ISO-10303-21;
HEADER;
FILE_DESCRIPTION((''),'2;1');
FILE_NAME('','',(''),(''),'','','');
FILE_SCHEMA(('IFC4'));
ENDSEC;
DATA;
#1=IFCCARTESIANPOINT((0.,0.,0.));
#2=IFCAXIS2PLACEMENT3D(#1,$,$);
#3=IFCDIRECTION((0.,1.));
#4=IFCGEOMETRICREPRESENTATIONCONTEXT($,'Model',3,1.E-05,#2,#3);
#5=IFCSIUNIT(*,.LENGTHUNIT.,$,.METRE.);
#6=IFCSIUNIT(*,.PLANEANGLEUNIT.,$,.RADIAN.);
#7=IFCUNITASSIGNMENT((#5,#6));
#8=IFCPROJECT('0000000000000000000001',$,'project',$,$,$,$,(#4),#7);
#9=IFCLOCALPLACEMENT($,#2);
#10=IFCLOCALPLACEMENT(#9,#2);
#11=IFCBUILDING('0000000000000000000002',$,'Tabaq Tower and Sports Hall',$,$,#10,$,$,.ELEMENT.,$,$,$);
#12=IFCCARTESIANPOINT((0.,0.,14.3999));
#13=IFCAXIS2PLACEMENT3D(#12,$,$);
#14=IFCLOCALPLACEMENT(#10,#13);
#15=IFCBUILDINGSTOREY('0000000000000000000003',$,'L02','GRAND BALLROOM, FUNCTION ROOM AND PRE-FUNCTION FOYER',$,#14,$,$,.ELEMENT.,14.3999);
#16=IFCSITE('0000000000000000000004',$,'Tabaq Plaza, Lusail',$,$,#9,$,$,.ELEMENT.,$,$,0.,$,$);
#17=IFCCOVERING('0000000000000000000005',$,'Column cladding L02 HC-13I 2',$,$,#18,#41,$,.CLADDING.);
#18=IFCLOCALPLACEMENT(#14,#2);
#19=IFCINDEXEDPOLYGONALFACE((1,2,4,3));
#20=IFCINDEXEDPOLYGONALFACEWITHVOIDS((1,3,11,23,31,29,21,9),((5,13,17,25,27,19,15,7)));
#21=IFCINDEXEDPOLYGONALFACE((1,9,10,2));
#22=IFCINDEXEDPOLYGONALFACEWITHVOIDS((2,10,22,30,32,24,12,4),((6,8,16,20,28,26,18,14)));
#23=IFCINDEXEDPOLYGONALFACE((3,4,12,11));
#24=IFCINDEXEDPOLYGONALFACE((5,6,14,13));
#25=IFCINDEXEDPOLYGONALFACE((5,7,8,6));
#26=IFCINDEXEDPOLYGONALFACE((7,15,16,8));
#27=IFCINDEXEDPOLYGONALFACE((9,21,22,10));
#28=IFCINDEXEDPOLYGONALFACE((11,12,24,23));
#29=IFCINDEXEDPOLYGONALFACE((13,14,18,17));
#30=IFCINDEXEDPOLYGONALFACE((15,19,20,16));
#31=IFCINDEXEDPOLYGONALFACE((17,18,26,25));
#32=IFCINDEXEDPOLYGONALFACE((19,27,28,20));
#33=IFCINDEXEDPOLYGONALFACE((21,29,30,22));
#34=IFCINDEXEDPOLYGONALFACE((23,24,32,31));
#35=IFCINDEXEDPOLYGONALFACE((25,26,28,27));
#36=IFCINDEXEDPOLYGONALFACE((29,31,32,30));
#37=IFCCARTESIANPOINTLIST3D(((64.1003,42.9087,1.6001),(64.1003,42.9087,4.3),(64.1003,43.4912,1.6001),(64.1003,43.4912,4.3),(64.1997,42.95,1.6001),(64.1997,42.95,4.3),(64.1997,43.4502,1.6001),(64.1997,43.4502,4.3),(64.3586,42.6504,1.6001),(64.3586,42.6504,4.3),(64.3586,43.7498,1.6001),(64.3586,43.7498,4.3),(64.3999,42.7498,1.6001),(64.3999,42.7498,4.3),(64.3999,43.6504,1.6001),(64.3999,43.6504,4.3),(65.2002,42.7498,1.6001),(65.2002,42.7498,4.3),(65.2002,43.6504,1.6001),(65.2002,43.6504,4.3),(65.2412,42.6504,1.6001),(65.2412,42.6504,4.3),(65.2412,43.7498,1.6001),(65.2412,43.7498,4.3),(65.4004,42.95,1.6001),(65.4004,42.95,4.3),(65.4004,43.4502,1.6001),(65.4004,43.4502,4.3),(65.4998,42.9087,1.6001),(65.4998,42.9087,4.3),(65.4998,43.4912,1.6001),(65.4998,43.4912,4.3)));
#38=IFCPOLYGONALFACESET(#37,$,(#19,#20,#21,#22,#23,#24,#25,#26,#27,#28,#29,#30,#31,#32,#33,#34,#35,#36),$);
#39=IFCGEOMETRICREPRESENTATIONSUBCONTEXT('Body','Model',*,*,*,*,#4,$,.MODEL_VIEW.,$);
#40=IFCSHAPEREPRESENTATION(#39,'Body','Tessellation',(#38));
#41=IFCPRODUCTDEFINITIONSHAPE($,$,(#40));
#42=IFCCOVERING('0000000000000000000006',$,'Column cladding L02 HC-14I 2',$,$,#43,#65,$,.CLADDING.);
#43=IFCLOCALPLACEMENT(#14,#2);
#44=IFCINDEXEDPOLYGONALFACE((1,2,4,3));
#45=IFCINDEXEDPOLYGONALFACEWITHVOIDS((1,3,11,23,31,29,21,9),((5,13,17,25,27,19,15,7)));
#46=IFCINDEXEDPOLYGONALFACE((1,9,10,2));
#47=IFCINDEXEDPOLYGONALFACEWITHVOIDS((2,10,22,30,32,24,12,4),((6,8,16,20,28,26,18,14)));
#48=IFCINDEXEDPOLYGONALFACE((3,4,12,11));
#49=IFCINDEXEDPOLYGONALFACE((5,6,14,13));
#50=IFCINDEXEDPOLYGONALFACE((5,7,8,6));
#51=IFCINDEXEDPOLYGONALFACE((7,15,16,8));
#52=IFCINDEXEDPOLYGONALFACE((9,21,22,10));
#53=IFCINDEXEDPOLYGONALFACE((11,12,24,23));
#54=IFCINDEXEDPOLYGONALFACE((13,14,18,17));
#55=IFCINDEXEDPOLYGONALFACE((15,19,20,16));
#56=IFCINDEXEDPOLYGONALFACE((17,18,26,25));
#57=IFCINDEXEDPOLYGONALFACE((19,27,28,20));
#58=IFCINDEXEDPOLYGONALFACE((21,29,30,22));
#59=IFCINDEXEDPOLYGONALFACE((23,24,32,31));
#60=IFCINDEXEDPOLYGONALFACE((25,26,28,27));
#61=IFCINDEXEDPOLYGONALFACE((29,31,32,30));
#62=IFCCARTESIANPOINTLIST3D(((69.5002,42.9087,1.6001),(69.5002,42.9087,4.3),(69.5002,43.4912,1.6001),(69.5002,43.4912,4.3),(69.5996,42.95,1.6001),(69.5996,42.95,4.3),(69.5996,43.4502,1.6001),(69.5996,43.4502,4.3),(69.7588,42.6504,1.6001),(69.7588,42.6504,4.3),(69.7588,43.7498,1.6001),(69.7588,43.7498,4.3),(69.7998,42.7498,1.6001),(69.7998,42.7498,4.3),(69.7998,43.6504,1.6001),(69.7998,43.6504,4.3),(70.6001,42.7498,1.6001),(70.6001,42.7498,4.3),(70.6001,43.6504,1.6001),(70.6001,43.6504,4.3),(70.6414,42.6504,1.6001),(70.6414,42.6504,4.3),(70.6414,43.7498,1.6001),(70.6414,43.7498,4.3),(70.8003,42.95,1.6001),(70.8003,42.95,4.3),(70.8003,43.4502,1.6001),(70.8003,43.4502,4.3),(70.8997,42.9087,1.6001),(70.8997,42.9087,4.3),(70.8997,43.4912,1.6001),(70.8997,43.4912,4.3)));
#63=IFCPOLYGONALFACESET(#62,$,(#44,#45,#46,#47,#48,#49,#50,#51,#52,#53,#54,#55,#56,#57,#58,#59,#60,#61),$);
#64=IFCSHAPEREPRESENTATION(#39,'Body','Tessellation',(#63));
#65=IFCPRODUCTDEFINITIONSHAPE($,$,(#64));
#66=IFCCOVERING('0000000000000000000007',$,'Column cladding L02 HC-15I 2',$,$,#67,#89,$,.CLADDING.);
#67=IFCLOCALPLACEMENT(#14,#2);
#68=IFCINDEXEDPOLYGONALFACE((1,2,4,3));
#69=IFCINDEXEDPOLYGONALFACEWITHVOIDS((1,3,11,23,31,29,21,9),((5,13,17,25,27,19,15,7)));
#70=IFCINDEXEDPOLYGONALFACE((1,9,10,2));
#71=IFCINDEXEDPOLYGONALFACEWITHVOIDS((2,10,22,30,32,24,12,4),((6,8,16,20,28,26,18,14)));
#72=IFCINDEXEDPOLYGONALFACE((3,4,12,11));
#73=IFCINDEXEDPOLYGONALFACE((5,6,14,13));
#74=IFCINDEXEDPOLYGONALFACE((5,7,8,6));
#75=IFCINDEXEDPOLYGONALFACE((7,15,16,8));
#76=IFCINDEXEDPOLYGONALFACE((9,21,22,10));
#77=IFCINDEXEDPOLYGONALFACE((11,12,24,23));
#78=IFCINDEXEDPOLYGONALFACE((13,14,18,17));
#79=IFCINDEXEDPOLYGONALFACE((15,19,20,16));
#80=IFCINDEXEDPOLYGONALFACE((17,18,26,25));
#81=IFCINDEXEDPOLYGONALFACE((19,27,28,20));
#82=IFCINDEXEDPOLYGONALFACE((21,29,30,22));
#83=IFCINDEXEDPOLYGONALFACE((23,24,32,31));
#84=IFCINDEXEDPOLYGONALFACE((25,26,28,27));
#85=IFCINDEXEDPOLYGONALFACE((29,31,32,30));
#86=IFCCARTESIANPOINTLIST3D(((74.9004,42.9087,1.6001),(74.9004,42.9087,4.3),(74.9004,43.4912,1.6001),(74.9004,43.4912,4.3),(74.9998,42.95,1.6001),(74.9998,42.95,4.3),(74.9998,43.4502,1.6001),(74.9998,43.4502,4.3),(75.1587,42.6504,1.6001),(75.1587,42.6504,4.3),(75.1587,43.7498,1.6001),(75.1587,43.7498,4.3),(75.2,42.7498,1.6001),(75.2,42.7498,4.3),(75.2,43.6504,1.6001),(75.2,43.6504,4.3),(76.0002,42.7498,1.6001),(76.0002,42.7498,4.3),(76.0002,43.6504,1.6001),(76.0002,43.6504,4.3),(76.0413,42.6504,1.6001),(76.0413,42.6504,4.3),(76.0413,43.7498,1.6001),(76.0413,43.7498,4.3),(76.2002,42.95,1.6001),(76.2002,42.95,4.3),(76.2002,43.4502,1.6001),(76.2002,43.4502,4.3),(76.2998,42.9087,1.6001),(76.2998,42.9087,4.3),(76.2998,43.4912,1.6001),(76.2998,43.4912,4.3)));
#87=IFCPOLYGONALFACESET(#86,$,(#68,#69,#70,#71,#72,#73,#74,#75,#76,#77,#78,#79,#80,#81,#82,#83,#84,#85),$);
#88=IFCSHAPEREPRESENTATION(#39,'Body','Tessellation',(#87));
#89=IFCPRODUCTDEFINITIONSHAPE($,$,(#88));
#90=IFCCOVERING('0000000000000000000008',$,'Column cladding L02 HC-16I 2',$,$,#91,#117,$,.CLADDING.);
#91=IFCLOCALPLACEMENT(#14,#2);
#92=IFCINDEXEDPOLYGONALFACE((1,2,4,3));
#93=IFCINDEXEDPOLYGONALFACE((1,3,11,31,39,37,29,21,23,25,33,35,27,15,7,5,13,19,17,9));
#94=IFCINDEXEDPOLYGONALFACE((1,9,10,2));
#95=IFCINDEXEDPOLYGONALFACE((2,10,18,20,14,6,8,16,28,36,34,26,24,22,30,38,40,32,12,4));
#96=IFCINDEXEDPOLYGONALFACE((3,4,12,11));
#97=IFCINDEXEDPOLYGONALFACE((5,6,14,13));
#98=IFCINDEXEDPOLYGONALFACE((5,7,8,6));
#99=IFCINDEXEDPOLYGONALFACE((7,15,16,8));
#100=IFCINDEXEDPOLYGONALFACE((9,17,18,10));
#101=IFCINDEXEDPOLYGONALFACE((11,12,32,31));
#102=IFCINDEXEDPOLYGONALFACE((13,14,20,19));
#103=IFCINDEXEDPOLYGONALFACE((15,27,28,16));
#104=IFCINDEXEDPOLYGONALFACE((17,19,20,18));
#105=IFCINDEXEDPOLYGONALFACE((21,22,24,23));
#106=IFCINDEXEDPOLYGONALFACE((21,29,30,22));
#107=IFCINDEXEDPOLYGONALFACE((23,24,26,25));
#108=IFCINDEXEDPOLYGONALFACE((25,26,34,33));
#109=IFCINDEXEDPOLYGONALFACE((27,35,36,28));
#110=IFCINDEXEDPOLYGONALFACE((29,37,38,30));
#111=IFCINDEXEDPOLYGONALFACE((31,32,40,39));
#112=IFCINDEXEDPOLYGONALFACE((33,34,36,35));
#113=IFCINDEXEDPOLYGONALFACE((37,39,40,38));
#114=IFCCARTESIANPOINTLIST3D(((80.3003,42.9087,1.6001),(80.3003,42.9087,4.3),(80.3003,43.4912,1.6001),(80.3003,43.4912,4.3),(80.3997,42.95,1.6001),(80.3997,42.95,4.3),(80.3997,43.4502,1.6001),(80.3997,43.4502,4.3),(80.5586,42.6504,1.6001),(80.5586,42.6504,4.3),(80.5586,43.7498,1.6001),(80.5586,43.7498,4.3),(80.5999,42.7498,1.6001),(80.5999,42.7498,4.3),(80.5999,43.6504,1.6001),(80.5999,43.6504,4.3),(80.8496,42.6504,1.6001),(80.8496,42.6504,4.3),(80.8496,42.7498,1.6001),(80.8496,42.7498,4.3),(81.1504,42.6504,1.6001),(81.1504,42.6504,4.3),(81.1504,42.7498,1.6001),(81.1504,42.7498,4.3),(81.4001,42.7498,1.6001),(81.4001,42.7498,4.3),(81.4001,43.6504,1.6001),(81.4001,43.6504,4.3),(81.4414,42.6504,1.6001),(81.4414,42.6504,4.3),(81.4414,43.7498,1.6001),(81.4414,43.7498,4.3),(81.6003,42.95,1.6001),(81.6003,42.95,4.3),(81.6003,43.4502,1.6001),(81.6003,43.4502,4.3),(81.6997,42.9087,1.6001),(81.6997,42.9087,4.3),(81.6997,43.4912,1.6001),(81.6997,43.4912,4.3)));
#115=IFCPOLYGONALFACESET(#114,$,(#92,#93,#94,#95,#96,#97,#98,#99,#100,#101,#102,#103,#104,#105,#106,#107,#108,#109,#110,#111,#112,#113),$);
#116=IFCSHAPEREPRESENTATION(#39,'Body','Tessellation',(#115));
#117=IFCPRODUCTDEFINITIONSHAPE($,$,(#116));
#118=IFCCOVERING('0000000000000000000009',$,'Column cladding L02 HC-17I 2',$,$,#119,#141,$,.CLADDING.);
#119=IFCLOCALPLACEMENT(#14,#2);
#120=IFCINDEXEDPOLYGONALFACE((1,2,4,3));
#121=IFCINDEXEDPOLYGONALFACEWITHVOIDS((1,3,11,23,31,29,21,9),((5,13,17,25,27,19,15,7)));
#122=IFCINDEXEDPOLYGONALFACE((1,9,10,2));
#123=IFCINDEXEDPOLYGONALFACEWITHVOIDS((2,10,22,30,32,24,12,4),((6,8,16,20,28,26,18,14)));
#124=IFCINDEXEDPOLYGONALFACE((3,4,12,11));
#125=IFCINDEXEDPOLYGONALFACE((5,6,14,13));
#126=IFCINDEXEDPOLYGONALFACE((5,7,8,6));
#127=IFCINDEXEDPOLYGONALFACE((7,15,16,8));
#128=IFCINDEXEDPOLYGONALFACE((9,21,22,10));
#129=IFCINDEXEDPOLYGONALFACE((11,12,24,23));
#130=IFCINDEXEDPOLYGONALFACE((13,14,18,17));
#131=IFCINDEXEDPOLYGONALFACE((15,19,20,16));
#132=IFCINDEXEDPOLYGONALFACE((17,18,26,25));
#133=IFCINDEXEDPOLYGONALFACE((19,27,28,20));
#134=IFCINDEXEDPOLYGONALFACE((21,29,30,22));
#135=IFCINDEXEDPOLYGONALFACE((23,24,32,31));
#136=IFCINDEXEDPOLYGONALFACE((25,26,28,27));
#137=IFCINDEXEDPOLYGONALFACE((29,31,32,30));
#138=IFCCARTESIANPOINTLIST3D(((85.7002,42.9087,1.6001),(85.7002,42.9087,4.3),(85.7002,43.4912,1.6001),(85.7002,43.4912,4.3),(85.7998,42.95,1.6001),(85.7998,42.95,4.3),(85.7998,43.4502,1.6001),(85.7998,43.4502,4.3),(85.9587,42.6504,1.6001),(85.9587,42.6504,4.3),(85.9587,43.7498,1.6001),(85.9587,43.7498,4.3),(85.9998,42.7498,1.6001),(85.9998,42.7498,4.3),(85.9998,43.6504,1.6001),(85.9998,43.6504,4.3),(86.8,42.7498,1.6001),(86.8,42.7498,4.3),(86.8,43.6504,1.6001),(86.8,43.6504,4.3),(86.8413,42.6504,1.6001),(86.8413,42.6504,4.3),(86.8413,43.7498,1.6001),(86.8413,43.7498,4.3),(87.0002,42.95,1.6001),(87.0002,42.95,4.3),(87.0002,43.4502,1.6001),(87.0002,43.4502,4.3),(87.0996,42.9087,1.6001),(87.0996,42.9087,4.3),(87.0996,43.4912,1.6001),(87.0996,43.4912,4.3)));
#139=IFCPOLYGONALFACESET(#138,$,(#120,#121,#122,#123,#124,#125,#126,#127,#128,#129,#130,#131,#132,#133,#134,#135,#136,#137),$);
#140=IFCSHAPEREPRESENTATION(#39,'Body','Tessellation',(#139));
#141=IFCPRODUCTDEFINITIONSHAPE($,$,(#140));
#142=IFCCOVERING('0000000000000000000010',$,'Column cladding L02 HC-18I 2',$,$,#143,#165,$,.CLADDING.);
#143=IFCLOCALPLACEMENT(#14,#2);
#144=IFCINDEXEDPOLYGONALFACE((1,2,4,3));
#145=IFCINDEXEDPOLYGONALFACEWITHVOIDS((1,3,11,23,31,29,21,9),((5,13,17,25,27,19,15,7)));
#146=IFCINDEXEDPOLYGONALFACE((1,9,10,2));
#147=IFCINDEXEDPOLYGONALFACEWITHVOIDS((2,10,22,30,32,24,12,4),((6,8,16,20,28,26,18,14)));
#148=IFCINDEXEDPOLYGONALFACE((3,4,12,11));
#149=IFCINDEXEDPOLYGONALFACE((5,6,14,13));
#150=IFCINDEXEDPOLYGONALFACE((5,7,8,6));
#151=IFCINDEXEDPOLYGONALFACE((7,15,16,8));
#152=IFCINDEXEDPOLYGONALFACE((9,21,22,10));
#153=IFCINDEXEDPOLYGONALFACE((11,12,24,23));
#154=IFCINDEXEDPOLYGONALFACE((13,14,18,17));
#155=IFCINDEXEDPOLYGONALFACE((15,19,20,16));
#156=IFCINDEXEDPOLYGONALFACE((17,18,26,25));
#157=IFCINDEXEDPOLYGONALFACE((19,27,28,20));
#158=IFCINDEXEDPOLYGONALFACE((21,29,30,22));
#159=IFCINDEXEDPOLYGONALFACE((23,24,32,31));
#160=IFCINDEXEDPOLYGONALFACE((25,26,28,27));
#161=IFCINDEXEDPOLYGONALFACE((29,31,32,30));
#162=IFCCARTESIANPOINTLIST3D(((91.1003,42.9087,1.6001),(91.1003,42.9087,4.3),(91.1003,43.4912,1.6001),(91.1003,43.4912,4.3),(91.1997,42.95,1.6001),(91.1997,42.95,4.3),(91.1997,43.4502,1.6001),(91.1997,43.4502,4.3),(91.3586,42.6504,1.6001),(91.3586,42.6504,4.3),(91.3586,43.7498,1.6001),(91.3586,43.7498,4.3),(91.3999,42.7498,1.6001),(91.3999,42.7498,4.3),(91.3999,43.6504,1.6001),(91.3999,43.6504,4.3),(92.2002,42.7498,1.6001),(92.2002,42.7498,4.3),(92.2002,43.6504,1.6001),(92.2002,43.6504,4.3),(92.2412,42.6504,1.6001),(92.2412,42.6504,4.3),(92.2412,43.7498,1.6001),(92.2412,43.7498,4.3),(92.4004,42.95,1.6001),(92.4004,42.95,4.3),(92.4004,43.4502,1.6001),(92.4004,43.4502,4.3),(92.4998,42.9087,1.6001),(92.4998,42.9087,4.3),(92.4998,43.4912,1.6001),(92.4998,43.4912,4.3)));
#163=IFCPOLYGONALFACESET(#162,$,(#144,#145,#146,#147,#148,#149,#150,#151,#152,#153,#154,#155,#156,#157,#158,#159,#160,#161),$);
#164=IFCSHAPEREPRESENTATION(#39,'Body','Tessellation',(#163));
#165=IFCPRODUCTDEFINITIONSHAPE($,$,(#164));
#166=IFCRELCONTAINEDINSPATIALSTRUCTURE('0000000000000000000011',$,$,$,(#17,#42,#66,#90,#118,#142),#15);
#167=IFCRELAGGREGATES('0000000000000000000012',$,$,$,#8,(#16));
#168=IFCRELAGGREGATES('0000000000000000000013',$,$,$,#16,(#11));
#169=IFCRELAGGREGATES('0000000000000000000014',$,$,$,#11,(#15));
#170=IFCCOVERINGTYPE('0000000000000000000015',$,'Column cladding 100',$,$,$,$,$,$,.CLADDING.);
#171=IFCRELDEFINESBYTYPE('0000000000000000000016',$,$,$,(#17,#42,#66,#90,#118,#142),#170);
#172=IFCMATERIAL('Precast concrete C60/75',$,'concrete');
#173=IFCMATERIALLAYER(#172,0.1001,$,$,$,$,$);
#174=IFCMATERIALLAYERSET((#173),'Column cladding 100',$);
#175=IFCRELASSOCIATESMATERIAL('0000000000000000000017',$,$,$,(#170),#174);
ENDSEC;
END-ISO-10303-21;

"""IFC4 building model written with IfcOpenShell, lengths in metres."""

from ifc_helpers import new_model, si_unit, direction, frame, origin, place, context, subcontext, project, spatial, polyline, outline, extrude, material, layer, layer_set, type_object, element, save


model = new_model("IFC4")

# Units and contexts
model_context = context("Model", 3, precision=1e-05, world=origin(), true_north=direction((0.0, 1.0)))
body_context = subcontext(model_context, "Body", "Model", "MODEL_VIEW")
ifc_project = project(units=[si_unit("LENGTHUNIT", "METRE"), si_unit("PLANEANGLEUNIT", "RADIAN")], contexts=[model_context])

# Site, building, storey
site_placement = place(None, origin())
site = spatial("IfcSite", under=ifc_project, at=site_placement, Name="Tabaq Plaza, Lusail", CompositionType="ELEMENT", RefElevation=0.0)
building_placement = place(site_placement, origin())
building = spatial("IfcBuilding", under=site, at=building_placement, Name="Tabaq Tower and Sports Hall", CompositionType="ELEMENT")
storey_placement = place(building_placement, frame((0.0, 0.0, 14.3999)))
storey = spatial("IfcBuildingStorey", under=building, at=storey_placement, Name="L02", Description="GRAND BALLROOM, FUNCTION ROOM AND PRE-FUNCTION FOYER", CompositionType="ELEMENT", Elevation=14.3999)

# Coverings
ifc_material = material(Name="Precast concrete C60/75", Category="concrete")
ifc_layer = layer(ifc_material, 0.1001)
ifc_layer_set = layer_set([ifc_layer], Name="Column cladding 100")
covering_type = type_object("IfcCoveringType", Name="Column cladding 100", PredefinedType="CLADDING", material=ifc_layer_set)
covering_1_placement = place(storey_placement, frame((0.0, 0.0, 1.6001)))
element("IfcCovering", 1, at=covering_1_placement, inside=storey, type_object=covering_type, Name="Column cladding L02 HC-13I 2", PredefinedType="CLADDING", context=body_context, shape_type="SweptSolid", body=[
    extrude(outline(polyline([(64.1003, 42.9087), (64.1003, 43.4912), (64.3586, 43.7498), (65.2412, 43.7498), (65.4998, 43.4912), (65.4998, 42.9087), (65.2412, 42.6504), (64.3586, 42.6504), (64.1003, 42.9087)]), holes=[polyline([(65.2002, 42.7498), (65.4004, 42.95), (65.4004, 43.4502), (65.2002, 43.6504), (64.3999, 43.6504), (64.1997, 43.4502), (64.1997, 42.95), (64.3999, 42.7498), (65.2002, 42.7498)])]), origin(), (0.0, 0.0, 1.0), 2.7),
])
covering_2_placement = place(storey_placement, frame((0.0, 0.0, 1.6001)))
element("IfcCovering", 2, at=covering_2_placement, inside=storey, type_object=covering_type, Name="Column cladding L02 HC-14I 2", PredefinedType="CLADDING", context=body_context, shape_type="SweptSolid", body=[
    extrude(outline(polyline([(69.5002, 42.9087), (69.5002, 43.4912), (69.7588, 43.7498), (70.6414, 43.7498), (70.8997, 43.4912), (70.8997, 42.9087), (70.6414, 42.6504), (69.7588, 42.6504), (69.5002, 42.9087)]), holes=[polyline([(70.6001, 42.7498), (70.8003, 42.95), (70.8003, 43.4502), (70.6001, 43.6504), (69.7998, 43.6504), (69.5996, 43.4502), (69.5996, 42.95), (69.7998, 42.7498), (70.6001, 42.7498)])]), origin(), (0.0, 0.0, 1.0), 2.7),
])
covering_3_placement = place(storey_placement, frame((0.0, 0.0, 1.6001)))
element("IfcCovering", 3, at=covering_3_placement, inside=storey, type_object=covering_type, Name="Column cladding L02 HC-15I 2", PredefinedType="CLADDING", context=body_context, shape_type="SweptSolid", body=[
    extrude(outline(polyline([(74.9004, 42.9087), (74.9004, 43.4912), (75.1587, 43.7498), (76.0413, 43.7498), (76.2998, 43.4912), (76.2998, 42.9087), (76.0413, 42.6504), (75.1587, 42.6504), (74.9004, 42.9087)]), holes=[polyline([(76.0002, 42.7498), (76.2002, 42.95), (76.2002, 43.4502), (76.0002, 43.6504), (75.2, 43.6504), (74.9998, 43.4502), (74.9998, 42.95), (75.2, 42.7498), (76.0002, 42.7498)])]), origin(), (0.0, 0.0, 1.0), 2.7),
])
covering_4_placement = place(storey_placement, frame((0.0, 0.0, 1.6001)))
element("IfcCovering", 4, at=covering_4_placement, inside=storey, type_object=covering_type, Name="Column cladding L02 HC-16I 2", PredefinedType="CLADDING", context=body_context, shape_type="SweptSolid", body=[
    extrude(outline(polyline([(80.3003, 43.4912), (80.5586, 43.7498), (81.4414, 43.7498), (81.6997, 43.4912), (81.6997, 42.9087), (81.4414, 42.6504), (81.1504, 42.6504), (81.1504, 42.7498), (81.4001, 42.7498), (81.6003, 42.95), (81.6003, 43.4502), (81.4001, 43.6504), (80.5999, 43.6504), (80.3997, 43.4502), (80.3997, 42.95), (80.5999, 42.7498), (80.8496, 42.7498), (80.8496, 42.6504), (80.5586, 42.6504), (80.3003, 42.9087), (80.3003, 43.4912)])), origin(), (0.0, 0.0, 1.0), 2.7),
])
covering_5_placement = place(storey_placement, frame((0.0, 0.0, 1.6001)))
element("IfcCovering", 5, at=covering_5_placement, inside=storey, type_object=covering_type, Name="Column cladding L02 HC-17I 2", PredefinedType="CLADDING", context=body_context, shape_type="SweptSolid", body=[
    extrude(outline(polyline([(85.7002, 42.9087), (85.7002, 43.4912), (85.9587, 43.7498), (86.8413, 43.7498), (87.0996, 43.4912), (87.0996, 42.9087), (86.8413, 42.6504), (85.9587, 42.6504), (85.7002, 42.9087)]), holes=[polyline([(86.8, 42.7498), (87.0002, 42.95), (87.0002, 43.4502), (86.8, 43.6504), (85.9998, 43.6504), (85.7998, 43.4502), (85.7998, 42.95), (85.9998, 42.7498), (86.8, 42.7498)])]), origin(), (0.0, 0.0, 1.0), 2.7),
])
covering_6_placement = place(storey_placement, frame((0.0, 0.0, 1.6001)))
element("IfcCovering", 6, at=covering_6_placement, inside=storey, type_object=covering_type, Name="Column cladding L02 HC-18I 2", PredefinedType="CLADDING", context=body_context, shape_type="SweptSolid", body=[
    extrude(outline(polyline([(91.1003, 42.9087), (91.1003, 43.4912), (91.3586, 43.7498), (92.2412, 43.7498), (92.4998, 43.4912), (92.4998, 42.9087), (92.2412, 42.6504), (91.3586, 42.6504), (91.1003, 42.9087)]), holes=[polyline([(92.2002, 42.7498), (92.4004, 42.95), (92.4004, 43.4502), (92.2002, 43.6504), (91.3999, 43.6504), (91.1997, 43.4502), (91.1997, 42.95), (91.3999, 42.7498), (92.2002, 42.7498)])]), origin(), (0.0, 0.0, 1.0), 2.7),
])

save(model, "model.ifc")
